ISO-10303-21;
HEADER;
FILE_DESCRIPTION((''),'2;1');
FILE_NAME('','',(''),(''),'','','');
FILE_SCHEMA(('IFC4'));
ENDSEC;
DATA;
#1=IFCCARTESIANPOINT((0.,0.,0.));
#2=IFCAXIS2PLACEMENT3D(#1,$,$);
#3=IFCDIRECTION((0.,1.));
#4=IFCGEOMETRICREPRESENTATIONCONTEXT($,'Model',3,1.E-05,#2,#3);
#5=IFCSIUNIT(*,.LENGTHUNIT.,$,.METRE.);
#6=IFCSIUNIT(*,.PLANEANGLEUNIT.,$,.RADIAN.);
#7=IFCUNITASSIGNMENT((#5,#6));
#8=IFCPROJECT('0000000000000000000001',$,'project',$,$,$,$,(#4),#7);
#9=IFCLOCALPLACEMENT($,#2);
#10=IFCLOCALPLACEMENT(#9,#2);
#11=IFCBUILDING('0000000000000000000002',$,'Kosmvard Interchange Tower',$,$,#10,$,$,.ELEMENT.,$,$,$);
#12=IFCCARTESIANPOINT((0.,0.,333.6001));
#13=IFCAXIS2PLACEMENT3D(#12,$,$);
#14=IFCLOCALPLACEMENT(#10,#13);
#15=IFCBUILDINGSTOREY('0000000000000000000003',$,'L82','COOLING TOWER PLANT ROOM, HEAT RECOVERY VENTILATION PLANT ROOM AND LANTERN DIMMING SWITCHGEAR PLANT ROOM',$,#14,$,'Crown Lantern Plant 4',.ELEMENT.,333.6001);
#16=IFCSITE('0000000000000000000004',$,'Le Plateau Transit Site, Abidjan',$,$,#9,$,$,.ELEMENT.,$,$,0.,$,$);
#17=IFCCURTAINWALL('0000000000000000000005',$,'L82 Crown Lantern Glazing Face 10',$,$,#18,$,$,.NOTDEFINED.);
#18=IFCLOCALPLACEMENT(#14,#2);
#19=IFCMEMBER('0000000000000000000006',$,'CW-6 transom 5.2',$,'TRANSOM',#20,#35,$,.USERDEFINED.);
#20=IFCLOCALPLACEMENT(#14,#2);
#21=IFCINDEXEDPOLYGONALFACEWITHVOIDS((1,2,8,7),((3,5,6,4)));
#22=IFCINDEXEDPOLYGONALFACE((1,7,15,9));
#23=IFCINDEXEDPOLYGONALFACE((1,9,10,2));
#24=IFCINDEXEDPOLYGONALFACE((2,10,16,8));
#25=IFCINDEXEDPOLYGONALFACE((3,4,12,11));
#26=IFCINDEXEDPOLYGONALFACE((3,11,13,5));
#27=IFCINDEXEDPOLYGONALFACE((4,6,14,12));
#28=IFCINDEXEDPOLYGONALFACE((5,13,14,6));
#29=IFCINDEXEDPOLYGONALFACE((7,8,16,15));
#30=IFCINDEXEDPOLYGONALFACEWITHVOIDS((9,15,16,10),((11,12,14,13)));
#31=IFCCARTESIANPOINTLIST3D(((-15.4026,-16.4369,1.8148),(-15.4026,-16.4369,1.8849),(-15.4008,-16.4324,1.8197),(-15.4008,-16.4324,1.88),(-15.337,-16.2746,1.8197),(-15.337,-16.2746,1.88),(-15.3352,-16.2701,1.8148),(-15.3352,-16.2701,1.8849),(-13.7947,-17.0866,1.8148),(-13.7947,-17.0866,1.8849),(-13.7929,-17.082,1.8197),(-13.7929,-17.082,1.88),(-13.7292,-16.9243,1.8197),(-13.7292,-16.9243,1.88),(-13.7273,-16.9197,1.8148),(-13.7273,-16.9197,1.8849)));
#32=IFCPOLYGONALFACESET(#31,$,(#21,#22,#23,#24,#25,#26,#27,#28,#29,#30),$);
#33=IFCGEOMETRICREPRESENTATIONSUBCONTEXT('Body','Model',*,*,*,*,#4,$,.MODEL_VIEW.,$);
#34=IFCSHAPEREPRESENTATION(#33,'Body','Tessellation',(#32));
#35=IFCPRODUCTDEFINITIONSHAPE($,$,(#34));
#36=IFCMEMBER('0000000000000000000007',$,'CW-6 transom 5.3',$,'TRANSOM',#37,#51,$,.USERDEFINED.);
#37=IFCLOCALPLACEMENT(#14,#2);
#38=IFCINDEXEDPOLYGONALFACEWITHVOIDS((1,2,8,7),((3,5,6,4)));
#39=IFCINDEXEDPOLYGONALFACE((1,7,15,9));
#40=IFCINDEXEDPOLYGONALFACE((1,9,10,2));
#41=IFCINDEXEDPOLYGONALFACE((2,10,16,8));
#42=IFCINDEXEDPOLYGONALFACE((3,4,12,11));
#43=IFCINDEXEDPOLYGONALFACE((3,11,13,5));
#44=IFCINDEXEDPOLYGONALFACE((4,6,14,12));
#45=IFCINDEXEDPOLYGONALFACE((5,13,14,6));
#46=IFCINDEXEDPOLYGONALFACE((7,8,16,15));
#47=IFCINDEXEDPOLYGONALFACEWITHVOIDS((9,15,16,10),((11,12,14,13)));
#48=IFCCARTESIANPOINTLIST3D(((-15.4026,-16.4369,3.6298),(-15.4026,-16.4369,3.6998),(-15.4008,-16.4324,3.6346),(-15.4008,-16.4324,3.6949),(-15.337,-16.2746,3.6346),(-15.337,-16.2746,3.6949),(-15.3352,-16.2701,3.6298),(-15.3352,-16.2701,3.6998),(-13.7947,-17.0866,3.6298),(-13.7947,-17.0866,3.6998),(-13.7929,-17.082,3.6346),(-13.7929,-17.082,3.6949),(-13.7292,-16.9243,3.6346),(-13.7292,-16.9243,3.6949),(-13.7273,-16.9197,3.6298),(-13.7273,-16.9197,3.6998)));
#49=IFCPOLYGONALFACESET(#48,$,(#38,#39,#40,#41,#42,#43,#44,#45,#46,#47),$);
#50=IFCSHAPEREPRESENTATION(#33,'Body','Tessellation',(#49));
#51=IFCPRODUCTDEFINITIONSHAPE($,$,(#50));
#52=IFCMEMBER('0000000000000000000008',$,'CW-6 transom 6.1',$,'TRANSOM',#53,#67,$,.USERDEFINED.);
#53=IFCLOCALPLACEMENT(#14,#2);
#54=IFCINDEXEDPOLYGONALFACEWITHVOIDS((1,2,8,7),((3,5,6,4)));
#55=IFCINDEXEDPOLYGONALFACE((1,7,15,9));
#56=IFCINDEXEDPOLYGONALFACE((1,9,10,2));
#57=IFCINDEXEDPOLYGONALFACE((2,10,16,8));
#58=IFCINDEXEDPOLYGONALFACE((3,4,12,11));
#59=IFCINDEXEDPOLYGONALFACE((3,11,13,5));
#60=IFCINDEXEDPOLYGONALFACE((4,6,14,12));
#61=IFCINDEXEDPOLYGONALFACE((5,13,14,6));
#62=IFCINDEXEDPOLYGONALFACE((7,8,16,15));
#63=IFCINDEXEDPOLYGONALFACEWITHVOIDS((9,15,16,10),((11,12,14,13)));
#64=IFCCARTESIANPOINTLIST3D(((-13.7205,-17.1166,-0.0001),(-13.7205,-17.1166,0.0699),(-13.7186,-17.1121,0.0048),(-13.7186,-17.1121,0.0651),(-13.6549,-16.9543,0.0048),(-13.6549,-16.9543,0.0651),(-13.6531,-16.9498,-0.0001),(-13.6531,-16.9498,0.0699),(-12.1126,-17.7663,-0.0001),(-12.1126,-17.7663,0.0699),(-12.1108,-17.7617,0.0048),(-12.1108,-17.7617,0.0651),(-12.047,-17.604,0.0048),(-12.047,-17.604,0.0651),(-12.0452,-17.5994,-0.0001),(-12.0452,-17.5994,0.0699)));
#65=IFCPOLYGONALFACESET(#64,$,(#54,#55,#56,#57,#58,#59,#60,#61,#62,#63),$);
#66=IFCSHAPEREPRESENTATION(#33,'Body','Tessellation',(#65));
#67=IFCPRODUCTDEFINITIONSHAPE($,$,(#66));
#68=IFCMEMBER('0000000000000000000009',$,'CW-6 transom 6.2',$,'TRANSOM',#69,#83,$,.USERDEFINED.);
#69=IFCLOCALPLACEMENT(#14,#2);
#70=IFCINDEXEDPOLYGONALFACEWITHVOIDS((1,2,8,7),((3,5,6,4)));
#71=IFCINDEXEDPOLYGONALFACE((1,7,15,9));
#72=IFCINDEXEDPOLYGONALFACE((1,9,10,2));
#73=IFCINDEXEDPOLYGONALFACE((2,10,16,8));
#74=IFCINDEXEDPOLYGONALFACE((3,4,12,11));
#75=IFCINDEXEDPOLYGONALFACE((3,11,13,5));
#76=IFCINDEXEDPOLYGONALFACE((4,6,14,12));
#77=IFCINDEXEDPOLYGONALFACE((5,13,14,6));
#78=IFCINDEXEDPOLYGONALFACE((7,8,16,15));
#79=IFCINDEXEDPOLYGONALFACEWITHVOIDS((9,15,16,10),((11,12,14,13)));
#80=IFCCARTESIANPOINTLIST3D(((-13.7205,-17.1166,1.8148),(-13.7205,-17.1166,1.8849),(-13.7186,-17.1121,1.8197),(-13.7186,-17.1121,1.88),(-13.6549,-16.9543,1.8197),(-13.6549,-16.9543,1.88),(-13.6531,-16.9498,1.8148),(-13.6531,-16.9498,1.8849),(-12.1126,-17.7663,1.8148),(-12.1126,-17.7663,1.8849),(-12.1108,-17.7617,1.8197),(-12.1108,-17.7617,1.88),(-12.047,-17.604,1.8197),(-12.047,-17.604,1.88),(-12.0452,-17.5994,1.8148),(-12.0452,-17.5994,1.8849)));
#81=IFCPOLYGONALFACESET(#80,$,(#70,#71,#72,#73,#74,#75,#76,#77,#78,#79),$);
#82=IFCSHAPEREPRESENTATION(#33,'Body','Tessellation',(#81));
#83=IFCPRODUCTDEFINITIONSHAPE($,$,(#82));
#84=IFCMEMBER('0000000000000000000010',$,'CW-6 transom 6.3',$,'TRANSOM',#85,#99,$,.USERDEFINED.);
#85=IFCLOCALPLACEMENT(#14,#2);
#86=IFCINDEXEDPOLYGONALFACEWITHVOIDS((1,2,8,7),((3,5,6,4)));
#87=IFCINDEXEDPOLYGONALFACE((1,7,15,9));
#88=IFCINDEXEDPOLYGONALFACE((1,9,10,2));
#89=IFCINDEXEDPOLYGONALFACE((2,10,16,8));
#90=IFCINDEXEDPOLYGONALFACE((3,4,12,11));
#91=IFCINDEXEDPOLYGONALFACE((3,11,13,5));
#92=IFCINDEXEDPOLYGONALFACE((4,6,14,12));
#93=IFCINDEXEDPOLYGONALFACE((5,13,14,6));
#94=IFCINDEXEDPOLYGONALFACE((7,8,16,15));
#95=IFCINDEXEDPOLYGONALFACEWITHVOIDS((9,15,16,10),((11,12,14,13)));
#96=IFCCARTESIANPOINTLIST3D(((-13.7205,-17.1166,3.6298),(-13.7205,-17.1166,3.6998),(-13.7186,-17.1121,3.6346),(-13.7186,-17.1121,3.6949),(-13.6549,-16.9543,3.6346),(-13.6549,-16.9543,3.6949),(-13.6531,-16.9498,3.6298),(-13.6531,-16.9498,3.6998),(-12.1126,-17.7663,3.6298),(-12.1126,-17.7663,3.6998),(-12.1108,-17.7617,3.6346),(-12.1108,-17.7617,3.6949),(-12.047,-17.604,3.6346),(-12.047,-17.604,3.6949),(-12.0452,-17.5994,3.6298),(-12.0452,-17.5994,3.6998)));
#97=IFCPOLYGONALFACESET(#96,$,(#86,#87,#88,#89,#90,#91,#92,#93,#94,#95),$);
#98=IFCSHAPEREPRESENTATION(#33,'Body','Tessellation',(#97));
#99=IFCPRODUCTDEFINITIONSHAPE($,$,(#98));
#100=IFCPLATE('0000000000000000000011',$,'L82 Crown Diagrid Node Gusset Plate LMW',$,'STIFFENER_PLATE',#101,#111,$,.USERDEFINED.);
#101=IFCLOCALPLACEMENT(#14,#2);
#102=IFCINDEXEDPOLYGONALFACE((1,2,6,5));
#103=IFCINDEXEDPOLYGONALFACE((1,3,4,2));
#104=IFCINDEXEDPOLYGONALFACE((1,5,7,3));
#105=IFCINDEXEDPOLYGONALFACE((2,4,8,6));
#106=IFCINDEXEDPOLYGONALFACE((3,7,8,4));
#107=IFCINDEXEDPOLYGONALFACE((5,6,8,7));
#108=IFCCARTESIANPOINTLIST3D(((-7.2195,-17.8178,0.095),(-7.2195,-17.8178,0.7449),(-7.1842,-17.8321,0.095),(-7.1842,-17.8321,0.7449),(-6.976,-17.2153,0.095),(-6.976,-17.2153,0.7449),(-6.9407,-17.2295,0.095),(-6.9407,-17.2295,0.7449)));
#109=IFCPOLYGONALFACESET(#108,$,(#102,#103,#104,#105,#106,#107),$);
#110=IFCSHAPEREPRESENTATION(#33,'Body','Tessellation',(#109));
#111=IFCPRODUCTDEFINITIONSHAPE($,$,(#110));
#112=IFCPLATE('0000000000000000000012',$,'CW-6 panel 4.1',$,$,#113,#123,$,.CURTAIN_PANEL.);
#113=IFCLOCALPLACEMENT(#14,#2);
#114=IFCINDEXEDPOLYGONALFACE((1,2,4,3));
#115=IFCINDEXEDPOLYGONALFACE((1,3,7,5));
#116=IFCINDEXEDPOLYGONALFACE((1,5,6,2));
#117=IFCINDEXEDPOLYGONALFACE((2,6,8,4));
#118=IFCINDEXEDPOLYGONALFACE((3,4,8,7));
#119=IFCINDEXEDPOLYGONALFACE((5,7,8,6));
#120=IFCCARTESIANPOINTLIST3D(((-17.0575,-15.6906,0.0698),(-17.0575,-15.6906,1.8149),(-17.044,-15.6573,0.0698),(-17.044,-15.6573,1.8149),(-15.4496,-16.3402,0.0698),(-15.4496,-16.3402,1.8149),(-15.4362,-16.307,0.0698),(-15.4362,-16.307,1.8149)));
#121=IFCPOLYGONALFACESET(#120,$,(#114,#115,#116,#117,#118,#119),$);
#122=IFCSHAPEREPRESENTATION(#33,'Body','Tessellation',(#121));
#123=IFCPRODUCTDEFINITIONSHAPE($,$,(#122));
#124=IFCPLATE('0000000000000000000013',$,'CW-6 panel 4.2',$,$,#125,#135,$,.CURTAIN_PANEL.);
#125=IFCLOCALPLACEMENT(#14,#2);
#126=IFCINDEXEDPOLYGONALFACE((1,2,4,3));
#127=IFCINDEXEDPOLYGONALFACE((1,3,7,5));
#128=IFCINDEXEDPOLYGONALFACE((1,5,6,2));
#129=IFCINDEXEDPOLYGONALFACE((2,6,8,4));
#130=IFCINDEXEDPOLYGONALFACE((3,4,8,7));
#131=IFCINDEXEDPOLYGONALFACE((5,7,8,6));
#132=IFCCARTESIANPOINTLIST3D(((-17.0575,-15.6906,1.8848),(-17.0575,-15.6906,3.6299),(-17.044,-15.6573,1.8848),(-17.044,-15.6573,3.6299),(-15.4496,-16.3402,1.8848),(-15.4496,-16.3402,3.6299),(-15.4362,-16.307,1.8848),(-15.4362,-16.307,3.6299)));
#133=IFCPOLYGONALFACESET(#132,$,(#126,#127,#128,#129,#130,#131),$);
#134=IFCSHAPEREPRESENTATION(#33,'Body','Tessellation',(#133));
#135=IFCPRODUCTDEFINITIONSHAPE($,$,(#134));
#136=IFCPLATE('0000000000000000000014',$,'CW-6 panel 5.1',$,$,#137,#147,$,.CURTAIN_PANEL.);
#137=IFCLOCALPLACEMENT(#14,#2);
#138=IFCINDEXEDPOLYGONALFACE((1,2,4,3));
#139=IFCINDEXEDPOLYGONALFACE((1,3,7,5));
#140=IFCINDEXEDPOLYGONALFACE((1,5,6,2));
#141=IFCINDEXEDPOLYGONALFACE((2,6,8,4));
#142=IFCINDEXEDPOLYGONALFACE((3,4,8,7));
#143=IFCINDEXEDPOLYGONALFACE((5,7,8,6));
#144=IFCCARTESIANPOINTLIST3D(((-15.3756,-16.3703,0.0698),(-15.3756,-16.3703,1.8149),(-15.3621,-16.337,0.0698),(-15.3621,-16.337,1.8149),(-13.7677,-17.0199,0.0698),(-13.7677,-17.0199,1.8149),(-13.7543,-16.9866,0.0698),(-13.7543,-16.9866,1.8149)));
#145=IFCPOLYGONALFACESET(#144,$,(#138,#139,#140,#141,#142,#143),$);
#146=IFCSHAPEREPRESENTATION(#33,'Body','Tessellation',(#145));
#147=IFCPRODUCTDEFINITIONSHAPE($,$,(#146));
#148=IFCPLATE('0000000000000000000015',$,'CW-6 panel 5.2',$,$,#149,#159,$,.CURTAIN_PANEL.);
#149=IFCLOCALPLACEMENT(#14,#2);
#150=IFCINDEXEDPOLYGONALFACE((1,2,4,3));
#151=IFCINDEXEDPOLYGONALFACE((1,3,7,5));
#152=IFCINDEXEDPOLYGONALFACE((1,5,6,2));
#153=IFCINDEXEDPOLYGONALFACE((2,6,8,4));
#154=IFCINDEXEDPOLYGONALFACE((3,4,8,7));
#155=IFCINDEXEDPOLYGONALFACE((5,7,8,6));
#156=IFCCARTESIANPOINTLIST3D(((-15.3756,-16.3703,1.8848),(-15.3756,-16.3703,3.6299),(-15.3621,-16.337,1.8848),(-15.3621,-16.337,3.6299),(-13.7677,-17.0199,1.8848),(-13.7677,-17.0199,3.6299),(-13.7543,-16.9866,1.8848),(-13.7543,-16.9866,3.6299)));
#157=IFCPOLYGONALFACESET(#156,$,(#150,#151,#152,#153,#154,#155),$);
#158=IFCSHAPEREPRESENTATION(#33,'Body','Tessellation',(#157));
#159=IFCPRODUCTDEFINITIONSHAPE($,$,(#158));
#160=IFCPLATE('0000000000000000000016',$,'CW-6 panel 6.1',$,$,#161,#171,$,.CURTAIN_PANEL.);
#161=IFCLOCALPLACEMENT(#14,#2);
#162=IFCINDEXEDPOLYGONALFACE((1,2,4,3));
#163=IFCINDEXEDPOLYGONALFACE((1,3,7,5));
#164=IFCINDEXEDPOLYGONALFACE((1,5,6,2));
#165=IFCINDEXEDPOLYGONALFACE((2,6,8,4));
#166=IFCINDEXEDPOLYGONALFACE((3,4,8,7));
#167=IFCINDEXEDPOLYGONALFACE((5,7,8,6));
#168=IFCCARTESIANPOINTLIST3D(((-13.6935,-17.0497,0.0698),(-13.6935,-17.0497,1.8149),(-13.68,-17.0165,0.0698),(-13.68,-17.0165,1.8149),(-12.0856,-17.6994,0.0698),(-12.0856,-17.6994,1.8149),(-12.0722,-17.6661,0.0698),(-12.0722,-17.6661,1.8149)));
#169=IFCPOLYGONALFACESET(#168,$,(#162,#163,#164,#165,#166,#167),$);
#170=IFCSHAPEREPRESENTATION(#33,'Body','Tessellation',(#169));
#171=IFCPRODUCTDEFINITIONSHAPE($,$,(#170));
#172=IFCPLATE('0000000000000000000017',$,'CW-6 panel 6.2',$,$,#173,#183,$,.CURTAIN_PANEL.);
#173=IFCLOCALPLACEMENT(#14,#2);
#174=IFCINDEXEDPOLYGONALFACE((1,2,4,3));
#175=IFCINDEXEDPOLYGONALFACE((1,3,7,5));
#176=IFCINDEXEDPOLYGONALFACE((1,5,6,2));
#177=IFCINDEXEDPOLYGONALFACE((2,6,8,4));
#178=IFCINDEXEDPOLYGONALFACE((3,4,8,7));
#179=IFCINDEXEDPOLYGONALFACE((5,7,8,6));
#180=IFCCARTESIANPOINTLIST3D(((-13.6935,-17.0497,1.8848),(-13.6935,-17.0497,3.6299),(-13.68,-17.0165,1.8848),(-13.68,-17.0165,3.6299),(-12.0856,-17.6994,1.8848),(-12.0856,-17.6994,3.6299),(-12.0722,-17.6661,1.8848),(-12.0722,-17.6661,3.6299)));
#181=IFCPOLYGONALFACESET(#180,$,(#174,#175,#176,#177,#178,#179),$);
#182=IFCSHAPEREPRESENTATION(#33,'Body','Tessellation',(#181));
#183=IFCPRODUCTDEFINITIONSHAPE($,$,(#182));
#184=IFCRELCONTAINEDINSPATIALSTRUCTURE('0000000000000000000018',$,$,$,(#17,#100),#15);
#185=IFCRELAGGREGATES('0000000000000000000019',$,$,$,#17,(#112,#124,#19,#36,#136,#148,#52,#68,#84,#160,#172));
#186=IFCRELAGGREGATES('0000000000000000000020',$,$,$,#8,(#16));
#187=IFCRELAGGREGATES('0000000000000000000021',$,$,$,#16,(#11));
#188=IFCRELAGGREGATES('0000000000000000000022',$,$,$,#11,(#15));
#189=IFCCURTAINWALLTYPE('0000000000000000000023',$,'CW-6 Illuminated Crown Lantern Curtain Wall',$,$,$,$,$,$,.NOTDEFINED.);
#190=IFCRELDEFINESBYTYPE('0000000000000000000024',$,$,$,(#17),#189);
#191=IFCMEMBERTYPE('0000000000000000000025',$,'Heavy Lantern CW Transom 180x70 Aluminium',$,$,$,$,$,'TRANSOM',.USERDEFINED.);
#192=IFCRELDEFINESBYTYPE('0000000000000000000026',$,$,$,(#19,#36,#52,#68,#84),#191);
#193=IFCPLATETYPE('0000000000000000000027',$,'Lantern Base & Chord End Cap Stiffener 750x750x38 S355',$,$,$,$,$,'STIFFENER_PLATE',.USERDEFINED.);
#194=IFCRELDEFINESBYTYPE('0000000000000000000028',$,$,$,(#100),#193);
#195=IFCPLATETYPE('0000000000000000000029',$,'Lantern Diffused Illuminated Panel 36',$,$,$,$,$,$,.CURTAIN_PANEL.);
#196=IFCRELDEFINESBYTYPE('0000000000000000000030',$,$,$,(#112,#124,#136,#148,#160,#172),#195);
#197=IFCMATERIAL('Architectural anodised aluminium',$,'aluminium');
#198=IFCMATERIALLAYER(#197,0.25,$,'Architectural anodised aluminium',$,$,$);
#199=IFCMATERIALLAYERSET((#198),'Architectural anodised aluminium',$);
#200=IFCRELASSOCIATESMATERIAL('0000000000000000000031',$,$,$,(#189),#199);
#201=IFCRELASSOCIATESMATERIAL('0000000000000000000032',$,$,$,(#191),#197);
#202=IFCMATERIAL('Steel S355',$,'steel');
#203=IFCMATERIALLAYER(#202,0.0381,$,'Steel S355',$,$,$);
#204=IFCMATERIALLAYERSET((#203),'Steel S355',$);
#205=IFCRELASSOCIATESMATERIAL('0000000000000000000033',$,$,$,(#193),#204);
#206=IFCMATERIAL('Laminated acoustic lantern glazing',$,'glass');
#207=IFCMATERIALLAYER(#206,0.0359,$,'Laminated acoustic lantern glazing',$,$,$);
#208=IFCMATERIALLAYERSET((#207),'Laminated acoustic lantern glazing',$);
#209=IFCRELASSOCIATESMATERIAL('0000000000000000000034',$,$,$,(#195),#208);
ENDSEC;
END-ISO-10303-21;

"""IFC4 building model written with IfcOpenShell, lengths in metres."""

from ifc_helpers import new_model, si_unit, direction, frame, origin, origin_2d, place, context, subcontext, project, spatial, rectangle, hollow_rectangle, extrude, source, transform, mapped, material, layer, layer_set, material_profile, profile_set, type_object, element, aggregate, save


model = new_model("IFC4")

# Units and contexts
model_context = context("Model", 3, precision=1e-05, world=origin(), true_north=direction((0.0, 1.0)))
body_context = subcontext(model_context, "Body", "Model", "MODEL_VIEW")
ifc_project = project(units=[si_unit("LENGTHUNIT", "METRE"), si_unit("PLANEANGLEUNIT", "RADIAN")], contexts=[model_context])

# Site, building, storey
site_placement = place(None, origin())
site = spatial("IfcSite", under=ifc_project, at=site_placement, Name="Le Plateau Transit Site, Abidjan", CompositionType="ELEMENT", RefElevation=0.0)
building_placement = place(site_placement, origin())
building = spatial("IfcBuilding", under=site, at=building_placement, Name="Kosmvard Interchange Tower", CompositionType="ELEMENT")
storey_placement = place(building_placement, frame((0.0, 0.0, 333.6001)))
storey = spatial("IfcBuildingStorey", under=building, at=storey_placement, Name="L82", Description="COOLING TOWER PLANT ROOM, HEAT RECOVERY VENTILATION PLANT ROOM AND LANTERN DIMMING SWITCHGEAR PLANT ROOM", LongName="Crown Lantern Plant 4", CompositionType="ELEMENT", Elevation=333.6001)

# Shared definitions
ifc_material_1 = material(Name="Steel S355", Category="steel")

# Curtain wall, members
ifc_material_2 = material(Name="Architectural anodised aluminium", Category="aluminium")
ifc_layer_1 = layer(ifc_material_2, 0.25, Name="Architectural anodised aluminium")
ifc_layer_set_1 = layer_set([ifc_layer_1], Name="Architectural anodised aluminium")
curtain_wall_type = type_object("IfcCurtainWallType", Name="CW-6 Illuminated Crown Lantern Curtain Wall", PredefinedType="NOTDEFINED", material=ifc_layer_set_1)
curtain_wall_placement = place(storey_placement, origin())
curtain_wall = element("IfcCurtainWall", 1, at=curtain_wall_placement, inside=storey, type_object=curtain_wall_type, Name="L82 Crown Lantern Glazing Face 10", PredefinedType="NOTDEFINED")
ifc_material_profile_1 = material_profile(ifc_material_2, hollow_rectangle(XDim=0.1799, YDim=0.0701, WallThickness=0.0049, at=origin_2d()), Name="CWT 180x70x5")
ifc_profile_set_1 = profile_set([ifc_material_profile_1], Name="Architectural anodised aluminium")
member_type_1 = type_object("IfcMemberType", Name="Heavy Lantern CW Transom 180x70 Aluminium", ElementType="TRANSOM", PredefinedType="USERDEFINED", material=ifc_profile_set_1)
shared_shape_1 = source(origin(), body_context, "Body", "SweptSolid", [
    extrude(hollow_rectangle(XDim=0.1799, YDim=0.0701, WallThickness=0.0049, at=origin_2d()), origin(), (0.0, 0.0, 1.0), 1.7341),
])
member_1_placement = place(storey_placement, frame((-15.3689, -16.3535, 1.8499), z_axis=(0.92718, -0.374617, 0.0), x_axis=(0.374617, 0.92718, 0.0)))
member_1 = element("IfcMember", 2, at=member_1_placement, type_object=member_type_1, Name="CW-6 transom 5.2", ObjectType="TRANSOM", PredefinedType="USERDEFINED", context=body_context, shape_type="MappedRepresentation", body=[
    mapped(shared_shape_1, transform((0.0, 0.0, 0.0), scale=1.0)),
])
member_2_placement = place(storey_placement, frame((-15.3689, -16.3535, 3.6648), z_axis=(0.92718, -0.374617, 0.0), x_axis=(0.374617, 0.92718, 0.0)))
member_2 = element("IfcMember", 3, at=member_2_placement, type_object=member_type_1, Name="CW-6 transom 5.3", ObjectType="TRANSOM", PredefinedType="USERDEFINED", context=body_context, shape_type="MappedRepresentation", body=[
    mapped(shared_shape_1, transform((0.0, 0.0, 0.0), scale=1.0)),
])
member_3_placement = place(storey_placement, frame((-13.6868, -17.0332, 0.0349), z_axis=(0.92718, -0.374617, 0.0), x_axis=(0.374617, 0.92718, 0.0)))
member_3 = element("IfcMember", 4, at=member_3_placement, type_object=member_type_1, Name="CW-6 transom 6.1", ObjectType="TRANSOM", PredefinedType="USERDEFINED", context=body_context, shape_type="MappedRepresentation", body=[
    mapped(shared_shape_1, transform((0.0, 0.0, 0.0), scale=1.0)),
])
member_4_placement = place(storey_placement, frame((-13.6868, -17.0332, 1.8499), z_axis=(0.92718, -0.374617, 0.0), x_axis=(0.374617, 0.92718, 0.0)))
member_4 = element("IfcMember", 5, at=member_4_placement, type_object=member_type_1, Name="CW-6 transom 6.2", ObjectType="TRANSOM", PredefinedType="USERDEFINED", context=body_context, shape_type="MappedRepresentation", body=[
    mapped(shared_shape_1, transform((0.0, 0.0, 0.0), scale=1.0)),
])
member_5_placement = place(storey_placement, frame((-13.6868, -17.0332, 3.6648), z_axis=(0.92718, -0.374617, 0.0), x_axis=(0.374617, 0.92718, 0.0)))
member_5 = element("IfcMember", 6, at=member_5_placement, type_object=member_type_1, Name="CW-6 transom 6.3", ObjectType="TRANSOM", PredefinedType="USERDEFINED", context=body_context, shape_type="MappedRepresentation", body=[
    mapped(shared_shape_1, transform((0.0, 0.0, 0.0), scale=1.0)),
])

# Plates
ifc_layer_2 = layer(ifc_material_1, 0.0381, Name="Steel S355")
ifc_layer_set_2 = layer_set([ifc_layer_2], Name="Steel S355")
plate_type_1 = type_object("IfcPlateType", Name="Lantern Base & Chord End Cap Stiffener 750x750x38 S355", ElementType="STIFFENER_PLATE", PredefinedType="USERDEFINED", material=ifc_layer_set_2)
shared_shape_2 = source(origin(), body_context, "Body", "SweptSolid", [
    extrude(rectangle(XDim=0.6499, YDim=0.0381, at=origin_2d()), origin(), (0.0, 0.0, 1.0), 0.6499),
])
plate_1_placement = place(storey_placement, frame((-7.0801, -17.5237, 0.095), z_axis=(0.0, 0.0, 1.0), x_axis=(0.374607, 0.927184, 0.0)))
element("IfcPlate", 7, at=plate_1_placement, inside=storey, type_object=plate_type_1, Name="L82 Crown Diagrid Node Gusset Plate LMW", ObjectType="STIFFENER_PLATE", PredefinedType="USERDEFINED", context=body_context, shape_type="MappedRepresentation", body=[
    mapped(shared_shape_2, transform((0.0, 0.0, 0.0), scale=1.0)),
])
ifc_material_3 = material(Name="Laminated acoustic lantern glazing", Category="glass")
ifc_layer_3 = layer(ifc_material_3, 0.0359, Name="Laminated acoustic lantern glazing")
ifc_layer_set_3 = layer_set([ifc_layer_3], Name="Laminated acoustic lantern glazing")
plate_type_2 = type_object("IfcPlateType", Name="Lantern Diffused Illuminated Panel 36", PredefinedType="CURTAIN_PANEL", material=ifc_layer_set_3)
shared_shape_3 = source(origin(), body_context, "Body", "SweptSolid", [
    extrude(rectangle(XDim=1.7341, YDim=0.0359, at=origin_2d()), origin(), (0.0, 0.0, 1.0), 1.7451),
])
plate_2_placement = place(storey_placement, frame((-16.2468, -15.9988, 0.0698), z_axis=(0.0, 0.0, 1.0), x_axis=(0.927184, -0.374607, 0.0)))
plate_2 = element("IfcPlate", 8, at=plate_2_placement, type_object=plate_type_2, Name="CW-6 panel 4.1", PredefinedType="CURTAIN_PANEL", context=body_context, shape_type="MappedRepresentation", body=[
    mapped(shared_shape_3, transform((0.0, 0.0, 0.0), scale=1.0)),
])
plate_3_placement = place(storey_placement, frame((-16.2468, -15.9988, 1.8848), z_axis=(0.0, 0.0, 1.0), x_axis=(0.927184, -0.374607, 0.0)))
plate_3 = element("IfcPlate", 9, at=plate_3_placement, type_object=plate_type_2, Name="CW-6 panel 4.2", PredefinedType="CURTAIN_PANEL", context=body_context, shape_type="MappedRepresentation", body=[
    mapped(shared_shape_3, transform((0.0, 0.0, 0.0), scale=1.0)),
])
plate_4_placement = place(storey_placement, frame((-14.5649, -16.6785, 0.0698), z_axis=(0.0, 0.0, 1.0), x_axis=(0.927184, -0.374607, 0.0)))
plate_4 = element("IfcPlate", 10, at=plate_4_placement, type_object=plate_type_2, Name="CW-6 panel 5.1", PredefinedType="CURTAIN_PANEL", context=body_context, shape_type="MappedRepresentation", body=[
    mapped(shared_shape_3, transform((0.0, 0.0, 0.0), scale=1.0)),
])
plate_5_placement = place(storey_placement, frame((-14.5649, -16.6785, 1.8848), z_axis=(0.0, 0.0, 1.0), x_axis=(0.927184, -0.374607, 0.0)))
plate_5 = element("IfcPlate", 11, at=plate_5_placement, type_object=plate_type_2, Name="CW-6 panel 5.2", PredefinedType="CURTAIN_PANEL", context=body_context, shape_type="MappedRepresentation", body=[
    mapped(shared_shape_3, transform((0.0, 0.0, 0.0), scale=1.0)),
])
plate_6_placement = place(storey_placement, frame((-12.8828, -17.3579, 0.0698), z_axis=(0.0, 0.0, 1.0), x_axis=(0.927184, -0.374607, 0.0)))
plate_6 = element("IfcPlate", 12, at=plate_6_placement, type_object=plate_type_2, Name="CW-6 panel 6.1", PredefinedType="CURTAIN_PANEL", context=body_context, shape_type="MappedRepresentation", body=[
    mapped(shared_shape_3, transform((0.0, 0.0, 0.0), scale=1.0)),
])
plate_7_placement = place(storey_placement, frame((-12.8828, -17.3579, 1.8848), z_axis=(0.0, 0.0, 1.0), x_axis=(0.927184, -0.374607, 0.0)))
plate_7 = element("IfcPlate", 13, at=plate_7_placement, type_object=plate_type_2, Name="CW-6 panel 6.2", PredefinedType="CURTAIN_PANEL", context=body_context, shape_type="MappedRepresentation", body=[
    mapped(shared_shape_3, transform((0.0, 0.0, 0.0), scale=1.0)),
])
aggregate(curtain_wall, [plate_2, plate_3, member_1, member_2, plate_4, plate_5, member_3, member_4, member_5, plate_6, plate_7])

save(model, "model.ifc")
